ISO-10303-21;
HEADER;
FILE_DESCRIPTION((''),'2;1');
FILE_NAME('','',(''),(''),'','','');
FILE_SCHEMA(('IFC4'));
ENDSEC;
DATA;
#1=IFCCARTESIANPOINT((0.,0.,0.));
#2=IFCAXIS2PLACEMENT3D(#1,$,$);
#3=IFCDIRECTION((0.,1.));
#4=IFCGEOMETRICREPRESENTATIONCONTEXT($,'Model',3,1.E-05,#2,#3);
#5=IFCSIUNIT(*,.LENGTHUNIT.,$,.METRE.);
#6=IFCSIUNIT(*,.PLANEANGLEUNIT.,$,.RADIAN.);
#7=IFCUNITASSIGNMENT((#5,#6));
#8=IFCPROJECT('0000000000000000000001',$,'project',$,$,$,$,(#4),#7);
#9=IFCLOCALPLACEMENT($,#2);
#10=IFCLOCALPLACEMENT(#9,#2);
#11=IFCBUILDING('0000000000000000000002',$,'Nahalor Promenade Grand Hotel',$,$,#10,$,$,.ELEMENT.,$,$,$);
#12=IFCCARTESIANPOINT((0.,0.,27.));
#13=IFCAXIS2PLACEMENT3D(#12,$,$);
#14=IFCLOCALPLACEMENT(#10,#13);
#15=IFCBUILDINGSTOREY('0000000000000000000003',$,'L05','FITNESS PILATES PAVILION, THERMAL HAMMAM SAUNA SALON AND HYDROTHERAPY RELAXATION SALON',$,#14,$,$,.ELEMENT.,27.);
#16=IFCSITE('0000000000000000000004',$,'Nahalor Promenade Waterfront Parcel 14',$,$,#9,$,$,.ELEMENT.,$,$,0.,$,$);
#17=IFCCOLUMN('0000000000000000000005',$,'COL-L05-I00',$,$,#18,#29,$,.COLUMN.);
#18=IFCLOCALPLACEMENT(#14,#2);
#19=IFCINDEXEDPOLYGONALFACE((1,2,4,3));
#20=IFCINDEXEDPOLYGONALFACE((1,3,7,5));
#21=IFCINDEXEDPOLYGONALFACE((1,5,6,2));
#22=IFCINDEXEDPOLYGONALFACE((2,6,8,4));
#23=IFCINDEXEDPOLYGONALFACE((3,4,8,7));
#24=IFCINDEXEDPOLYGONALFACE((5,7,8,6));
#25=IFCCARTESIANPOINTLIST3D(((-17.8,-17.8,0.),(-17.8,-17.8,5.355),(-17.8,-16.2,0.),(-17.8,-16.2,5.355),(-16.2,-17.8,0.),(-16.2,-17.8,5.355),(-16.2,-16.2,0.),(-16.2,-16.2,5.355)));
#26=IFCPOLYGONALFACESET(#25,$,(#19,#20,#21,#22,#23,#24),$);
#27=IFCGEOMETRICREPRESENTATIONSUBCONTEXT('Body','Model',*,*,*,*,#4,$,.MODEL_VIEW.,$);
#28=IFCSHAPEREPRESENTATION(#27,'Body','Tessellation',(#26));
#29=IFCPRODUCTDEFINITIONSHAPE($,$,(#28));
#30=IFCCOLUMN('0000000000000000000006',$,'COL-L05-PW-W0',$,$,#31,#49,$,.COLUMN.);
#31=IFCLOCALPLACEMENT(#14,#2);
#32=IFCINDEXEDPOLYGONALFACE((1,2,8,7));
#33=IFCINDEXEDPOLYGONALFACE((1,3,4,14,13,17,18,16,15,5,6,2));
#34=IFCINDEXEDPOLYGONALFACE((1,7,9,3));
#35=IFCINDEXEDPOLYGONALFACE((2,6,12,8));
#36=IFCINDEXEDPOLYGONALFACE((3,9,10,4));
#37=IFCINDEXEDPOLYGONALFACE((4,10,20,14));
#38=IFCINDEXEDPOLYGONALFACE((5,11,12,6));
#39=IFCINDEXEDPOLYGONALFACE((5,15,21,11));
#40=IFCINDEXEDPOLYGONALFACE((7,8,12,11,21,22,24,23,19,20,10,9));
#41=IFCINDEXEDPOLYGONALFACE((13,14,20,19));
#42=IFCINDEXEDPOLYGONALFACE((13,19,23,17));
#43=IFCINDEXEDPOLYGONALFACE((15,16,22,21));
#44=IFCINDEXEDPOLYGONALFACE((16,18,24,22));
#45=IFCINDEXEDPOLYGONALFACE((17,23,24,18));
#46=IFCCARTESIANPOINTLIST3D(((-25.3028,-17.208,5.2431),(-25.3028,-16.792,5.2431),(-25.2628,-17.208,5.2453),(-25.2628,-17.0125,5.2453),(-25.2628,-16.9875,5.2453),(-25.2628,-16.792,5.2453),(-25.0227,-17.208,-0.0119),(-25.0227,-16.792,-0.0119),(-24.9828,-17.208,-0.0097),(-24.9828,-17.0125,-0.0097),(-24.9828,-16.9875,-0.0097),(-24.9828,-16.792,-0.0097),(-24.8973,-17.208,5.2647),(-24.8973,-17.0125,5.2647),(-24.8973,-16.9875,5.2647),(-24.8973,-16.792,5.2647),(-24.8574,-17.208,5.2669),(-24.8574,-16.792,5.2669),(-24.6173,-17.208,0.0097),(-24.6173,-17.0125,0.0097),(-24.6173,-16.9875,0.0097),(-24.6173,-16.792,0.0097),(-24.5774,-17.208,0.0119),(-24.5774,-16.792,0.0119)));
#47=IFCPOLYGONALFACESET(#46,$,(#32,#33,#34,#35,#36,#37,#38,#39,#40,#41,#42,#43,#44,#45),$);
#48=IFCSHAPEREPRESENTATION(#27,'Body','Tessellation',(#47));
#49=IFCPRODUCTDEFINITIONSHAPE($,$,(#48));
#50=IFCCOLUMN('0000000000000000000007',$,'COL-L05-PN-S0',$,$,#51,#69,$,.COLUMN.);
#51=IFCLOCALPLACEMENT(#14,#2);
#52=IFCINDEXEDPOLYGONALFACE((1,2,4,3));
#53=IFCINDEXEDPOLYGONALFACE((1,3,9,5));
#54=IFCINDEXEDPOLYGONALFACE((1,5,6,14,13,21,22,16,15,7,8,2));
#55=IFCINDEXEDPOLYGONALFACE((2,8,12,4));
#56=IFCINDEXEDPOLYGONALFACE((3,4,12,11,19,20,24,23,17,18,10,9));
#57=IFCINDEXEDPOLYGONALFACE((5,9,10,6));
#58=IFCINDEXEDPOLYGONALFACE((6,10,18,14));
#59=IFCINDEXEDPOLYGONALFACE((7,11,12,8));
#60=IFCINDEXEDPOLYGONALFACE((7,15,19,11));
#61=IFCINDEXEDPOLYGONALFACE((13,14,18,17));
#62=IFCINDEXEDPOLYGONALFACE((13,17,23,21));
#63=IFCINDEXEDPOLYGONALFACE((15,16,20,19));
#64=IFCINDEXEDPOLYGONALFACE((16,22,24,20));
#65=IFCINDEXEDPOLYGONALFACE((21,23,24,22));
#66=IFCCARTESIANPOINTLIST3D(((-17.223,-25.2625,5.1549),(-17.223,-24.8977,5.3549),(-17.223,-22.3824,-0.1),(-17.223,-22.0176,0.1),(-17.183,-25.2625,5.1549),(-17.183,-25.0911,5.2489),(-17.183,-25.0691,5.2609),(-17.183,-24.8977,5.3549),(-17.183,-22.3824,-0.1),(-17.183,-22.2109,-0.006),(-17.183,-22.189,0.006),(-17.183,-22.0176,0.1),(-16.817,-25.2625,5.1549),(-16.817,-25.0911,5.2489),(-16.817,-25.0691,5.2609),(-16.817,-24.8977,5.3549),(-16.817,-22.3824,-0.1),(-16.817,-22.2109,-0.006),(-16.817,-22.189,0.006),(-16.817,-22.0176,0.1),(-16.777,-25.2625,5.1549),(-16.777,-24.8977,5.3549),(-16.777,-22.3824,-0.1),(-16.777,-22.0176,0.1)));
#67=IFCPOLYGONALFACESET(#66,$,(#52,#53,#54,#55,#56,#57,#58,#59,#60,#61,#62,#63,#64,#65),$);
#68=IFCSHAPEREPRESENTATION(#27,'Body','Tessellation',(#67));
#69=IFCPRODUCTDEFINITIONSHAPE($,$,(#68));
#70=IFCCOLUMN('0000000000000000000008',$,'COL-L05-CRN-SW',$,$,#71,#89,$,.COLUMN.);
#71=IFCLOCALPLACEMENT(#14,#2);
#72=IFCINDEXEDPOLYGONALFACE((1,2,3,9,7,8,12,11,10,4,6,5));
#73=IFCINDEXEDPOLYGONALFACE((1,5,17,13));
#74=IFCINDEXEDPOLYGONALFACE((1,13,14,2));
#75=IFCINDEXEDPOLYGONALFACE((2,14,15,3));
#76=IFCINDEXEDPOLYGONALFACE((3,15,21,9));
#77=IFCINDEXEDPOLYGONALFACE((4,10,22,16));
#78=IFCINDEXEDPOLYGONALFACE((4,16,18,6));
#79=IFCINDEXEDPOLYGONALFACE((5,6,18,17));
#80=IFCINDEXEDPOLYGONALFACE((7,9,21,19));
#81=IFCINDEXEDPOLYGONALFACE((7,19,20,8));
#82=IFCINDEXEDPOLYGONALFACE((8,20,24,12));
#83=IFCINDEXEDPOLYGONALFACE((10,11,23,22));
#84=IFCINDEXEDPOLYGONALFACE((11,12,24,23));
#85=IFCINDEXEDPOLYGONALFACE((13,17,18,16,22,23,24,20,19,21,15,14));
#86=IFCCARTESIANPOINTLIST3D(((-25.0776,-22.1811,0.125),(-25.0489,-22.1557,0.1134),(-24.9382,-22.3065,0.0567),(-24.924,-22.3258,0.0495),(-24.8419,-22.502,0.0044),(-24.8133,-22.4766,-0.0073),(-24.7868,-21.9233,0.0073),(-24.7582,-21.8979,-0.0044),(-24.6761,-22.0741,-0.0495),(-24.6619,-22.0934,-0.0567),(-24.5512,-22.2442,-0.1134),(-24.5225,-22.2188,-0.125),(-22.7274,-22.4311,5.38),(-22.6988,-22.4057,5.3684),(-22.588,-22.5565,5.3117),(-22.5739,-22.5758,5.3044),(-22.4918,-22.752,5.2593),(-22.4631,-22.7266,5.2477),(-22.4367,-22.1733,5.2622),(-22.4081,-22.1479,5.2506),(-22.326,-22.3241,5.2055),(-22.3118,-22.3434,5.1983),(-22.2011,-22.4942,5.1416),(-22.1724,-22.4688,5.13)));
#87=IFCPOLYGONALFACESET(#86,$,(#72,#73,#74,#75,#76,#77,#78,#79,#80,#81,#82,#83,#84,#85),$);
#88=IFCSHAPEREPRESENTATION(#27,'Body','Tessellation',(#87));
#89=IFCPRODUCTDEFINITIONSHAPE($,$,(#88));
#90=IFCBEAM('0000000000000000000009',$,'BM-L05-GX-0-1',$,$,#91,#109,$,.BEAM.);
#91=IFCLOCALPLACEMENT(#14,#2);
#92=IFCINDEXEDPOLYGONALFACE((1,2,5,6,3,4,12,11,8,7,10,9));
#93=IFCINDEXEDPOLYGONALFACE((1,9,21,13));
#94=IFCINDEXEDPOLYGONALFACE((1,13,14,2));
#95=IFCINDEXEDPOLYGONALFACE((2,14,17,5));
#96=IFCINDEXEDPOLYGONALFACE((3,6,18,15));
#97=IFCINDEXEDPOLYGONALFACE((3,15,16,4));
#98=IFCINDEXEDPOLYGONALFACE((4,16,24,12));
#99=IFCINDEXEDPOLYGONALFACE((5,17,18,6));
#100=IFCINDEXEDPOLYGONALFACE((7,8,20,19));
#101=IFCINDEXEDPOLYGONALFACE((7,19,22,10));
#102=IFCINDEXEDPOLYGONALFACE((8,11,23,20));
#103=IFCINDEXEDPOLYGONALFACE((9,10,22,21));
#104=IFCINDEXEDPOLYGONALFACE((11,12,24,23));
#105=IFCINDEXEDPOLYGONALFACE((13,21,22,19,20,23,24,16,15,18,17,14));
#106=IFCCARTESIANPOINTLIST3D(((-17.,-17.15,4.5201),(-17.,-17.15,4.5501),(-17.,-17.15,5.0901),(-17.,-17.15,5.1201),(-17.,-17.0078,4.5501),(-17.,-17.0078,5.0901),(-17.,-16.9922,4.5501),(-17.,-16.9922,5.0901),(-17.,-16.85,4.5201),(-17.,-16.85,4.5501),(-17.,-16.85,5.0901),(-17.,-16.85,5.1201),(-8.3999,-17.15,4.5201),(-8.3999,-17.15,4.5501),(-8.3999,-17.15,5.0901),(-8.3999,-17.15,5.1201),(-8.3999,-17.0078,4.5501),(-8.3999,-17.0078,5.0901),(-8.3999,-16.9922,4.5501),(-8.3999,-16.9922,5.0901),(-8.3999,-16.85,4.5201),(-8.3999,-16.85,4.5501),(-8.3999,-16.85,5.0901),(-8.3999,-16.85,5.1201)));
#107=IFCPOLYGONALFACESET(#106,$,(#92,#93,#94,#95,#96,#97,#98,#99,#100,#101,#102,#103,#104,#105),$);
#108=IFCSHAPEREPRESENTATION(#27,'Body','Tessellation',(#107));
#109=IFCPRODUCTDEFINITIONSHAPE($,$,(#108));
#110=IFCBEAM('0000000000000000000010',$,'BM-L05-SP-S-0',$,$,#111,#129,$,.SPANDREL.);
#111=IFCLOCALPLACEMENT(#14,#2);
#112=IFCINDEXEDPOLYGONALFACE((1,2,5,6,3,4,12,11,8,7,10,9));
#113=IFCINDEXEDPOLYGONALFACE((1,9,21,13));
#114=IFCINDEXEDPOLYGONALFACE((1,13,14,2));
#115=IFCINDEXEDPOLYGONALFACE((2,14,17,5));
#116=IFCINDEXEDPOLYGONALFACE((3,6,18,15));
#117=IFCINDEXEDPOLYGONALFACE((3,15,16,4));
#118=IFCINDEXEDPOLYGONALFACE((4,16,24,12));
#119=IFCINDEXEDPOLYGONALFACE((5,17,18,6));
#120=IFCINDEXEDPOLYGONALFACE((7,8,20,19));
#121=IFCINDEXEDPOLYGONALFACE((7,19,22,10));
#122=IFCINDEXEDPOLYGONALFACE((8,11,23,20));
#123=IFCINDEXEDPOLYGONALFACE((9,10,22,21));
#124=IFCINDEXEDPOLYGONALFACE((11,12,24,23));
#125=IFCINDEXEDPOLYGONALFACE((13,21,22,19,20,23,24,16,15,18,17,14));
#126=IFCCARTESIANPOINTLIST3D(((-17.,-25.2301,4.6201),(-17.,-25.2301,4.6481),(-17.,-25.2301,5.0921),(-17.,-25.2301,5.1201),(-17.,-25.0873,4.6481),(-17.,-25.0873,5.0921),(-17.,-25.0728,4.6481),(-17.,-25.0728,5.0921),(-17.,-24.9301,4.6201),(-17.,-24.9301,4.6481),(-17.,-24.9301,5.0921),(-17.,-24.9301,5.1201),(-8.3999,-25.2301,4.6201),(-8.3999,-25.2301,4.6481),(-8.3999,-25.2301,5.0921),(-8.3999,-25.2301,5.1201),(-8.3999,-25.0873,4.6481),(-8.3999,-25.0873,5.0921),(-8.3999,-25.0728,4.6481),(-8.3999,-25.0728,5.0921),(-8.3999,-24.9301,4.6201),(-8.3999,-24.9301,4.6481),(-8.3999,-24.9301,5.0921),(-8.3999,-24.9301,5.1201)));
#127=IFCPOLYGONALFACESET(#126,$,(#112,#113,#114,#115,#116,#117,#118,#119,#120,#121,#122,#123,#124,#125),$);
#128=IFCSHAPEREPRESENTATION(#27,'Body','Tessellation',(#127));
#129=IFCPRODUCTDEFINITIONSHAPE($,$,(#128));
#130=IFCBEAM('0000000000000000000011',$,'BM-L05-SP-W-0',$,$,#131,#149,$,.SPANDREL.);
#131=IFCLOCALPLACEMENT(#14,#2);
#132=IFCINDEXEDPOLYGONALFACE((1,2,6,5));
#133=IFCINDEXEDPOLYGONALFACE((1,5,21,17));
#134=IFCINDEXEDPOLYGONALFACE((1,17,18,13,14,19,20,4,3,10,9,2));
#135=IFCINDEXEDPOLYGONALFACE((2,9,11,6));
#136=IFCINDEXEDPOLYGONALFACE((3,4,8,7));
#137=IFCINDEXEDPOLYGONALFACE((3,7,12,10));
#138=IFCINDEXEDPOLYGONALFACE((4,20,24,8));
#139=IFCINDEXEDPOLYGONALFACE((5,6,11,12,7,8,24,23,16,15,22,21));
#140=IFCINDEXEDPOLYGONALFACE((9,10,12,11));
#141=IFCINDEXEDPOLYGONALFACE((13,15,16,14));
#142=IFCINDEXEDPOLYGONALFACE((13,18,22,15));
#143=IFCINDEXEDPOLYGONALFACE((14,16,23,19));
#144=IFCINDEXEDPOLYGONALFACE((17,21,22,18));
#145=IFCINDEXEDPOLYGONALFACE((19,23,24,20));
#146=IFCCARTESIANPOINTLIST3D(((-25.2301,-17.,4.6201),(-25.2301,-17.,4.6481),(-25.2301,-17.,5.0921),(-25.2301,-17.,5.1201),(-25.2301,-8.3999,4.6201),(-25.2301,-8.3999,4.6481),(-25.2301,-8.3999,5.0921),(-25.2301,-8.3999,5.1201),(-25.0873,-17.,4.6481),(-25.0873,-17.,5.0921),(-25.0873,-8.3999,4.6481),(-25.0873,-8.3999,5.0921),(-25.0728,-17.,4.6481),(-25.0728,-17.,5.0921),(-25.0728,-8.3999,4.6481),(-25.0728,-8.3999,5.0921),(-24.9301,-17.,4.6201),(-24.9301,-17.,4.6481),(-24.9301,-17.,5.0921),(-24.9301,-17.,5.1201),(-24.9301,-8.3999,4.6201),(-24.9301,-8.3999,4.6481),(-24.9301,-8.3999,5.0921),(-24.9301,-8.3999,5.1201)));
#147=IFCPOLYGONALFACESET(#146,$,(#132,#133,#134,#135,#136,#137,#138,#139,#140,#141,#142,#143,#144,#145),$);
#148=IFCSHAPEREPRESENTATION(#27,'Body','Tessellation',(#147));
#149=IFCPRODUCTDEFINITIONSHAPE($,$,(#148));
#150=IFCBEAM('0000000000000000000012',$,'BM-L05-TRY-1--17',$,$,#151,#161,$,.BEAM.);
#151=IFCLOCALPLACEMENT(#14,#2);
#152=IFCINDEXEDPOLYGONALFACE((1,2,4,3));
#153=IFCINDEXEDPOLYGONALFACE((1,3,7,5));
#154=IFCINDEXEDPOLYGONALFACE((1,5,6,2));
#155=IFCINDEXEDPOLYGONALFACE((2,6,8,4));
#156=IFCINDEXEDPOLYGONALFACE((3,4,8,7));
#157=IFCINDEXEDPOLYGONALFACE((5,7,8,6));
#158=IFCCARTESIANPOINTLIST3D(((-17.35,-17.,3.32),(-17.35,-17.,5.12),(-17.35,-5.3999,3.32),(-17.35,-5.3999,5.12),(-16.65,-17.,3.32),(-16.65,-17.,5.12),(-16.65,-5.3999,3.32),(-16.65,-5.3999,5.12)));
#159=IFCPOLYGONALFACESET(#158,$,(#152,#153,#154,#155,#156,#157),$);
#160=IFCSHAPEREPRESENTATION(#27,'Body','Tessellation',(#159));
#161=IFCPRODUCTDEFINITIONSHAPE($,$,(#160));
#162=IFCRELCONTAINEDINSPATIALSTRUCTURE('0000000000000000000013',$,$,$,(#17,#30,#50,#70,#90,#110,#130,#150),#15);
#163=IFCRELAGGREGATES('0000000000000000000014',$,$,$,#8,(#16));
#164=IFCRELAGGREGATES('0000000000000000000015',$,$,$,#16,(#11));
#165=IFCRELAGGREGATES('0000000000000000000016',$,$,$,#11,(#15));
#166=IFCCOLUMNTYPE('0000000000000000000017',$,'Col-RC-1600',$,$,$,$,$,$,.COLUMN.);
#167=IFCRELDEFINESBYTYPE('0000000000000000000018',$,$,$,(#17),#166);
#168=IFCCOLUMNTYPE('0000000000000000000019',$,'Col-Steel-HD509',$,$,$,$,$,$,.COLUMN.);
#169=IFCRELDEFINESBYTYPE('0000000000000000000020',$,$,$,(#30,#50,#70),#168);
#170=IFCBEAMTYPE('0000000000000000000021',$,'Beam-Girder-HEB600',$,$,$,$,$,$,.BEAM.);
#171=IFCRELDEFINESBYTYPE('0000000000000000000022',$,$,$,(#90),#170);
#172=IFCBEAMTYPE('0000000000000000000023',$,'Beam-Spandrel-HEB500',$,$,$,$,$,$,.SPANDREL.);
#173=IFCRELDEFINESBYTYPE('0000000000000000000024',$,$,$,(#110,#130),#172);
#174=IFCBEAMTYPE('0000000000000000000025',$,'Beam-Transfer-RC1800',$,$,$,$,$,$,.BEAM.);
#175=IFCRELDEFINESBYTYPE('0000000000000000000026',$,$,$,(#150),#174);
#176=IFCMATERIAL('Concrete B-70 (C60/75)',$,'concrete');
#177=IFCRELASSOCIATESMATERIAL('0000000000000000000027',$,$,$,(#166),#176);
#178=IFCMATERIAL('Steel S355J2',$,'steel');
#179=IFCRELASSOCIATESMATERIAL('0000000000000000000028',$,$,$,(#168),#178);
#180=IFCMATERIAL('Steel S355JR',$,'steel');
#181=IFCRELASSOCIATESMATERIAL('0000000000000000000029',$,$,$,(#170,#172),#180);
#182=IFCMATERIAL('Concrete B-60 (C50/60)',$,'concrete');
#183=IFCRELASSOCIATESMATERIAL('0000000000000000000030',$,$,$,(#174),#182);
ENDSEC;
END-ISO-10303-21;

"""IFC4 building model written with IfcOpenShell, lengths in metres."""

from ifc_helpers import new_model, si_unit, direction, frame, origin, origin_2d, place, context, subcontext, project, spatial, rectangle, i_section, extrude, source, transform, mapped, material, material_profile, profile_set, type_object, element, save


model = new_model("IFC4")

# Units and contexts
model_context = context("Model", 3, precision=1e-05, world=origin(), true_north=direction((0.0, 1.0)))
body_context = subcontext(model_context, "Body", "Model", "MODEL_VIEW")
ifc_project = project(units=[si_unit("LENGTHUNIT", "METRE"), si_unit("PLANEANGLEUNIT", "RADIAN")], contexts=[model_context])

# Site, building, storey
site_placement = place(None, origin())
site = spatial("IfcSite", under=ifc_project, at=site_placement, Name="Nahalor Promenade Waterfront Parcel 14", CompositionType="ELEMENT", RefElevation=0.0)
building_placement = place(site_placement, origin())
building = spatial("IfcBuilding", under=site, at=building_placement, Name="Nahalor Promenade Grand Hotel", CompositionType="ELEMENT")
storey_placement = place(building_placement, frame((0.0, 0.0, 27.0)))
storey = spatial("IfcBuildingStorey", under=building, at=storey_placement, Name="L05", Description="FITNESS PILATES PAVILION, THERMAL HAMMAM SAUNA SALON AND HYDROTHERAPY RELAXATION SALON", CompositionType="ELEMENT", Elevation=27.0)

# Columns
ifc_material_1 = material(Name="Concrete B-70 (C60/75)", Category="concrete")
ifc_material_profile_1 = material_profile(ifc_material_1, rectangle(XDim=1.6, YDim=1.6, at=origin_2d()), Name="RC 1600x1600")
ifc_profile_set_1 = profile_set([ifc_material_profile_1], Name="Concrete B-70 (C60/75)")
column_type_1 = type_object("IfcColumnType", Name="Col-RC-1600", PredefinedType="COLUMN", material=ifc_profile_set_1)
shared_shape_1 = source(origin(), body_context, "Body", "SweptSolid", [
    extrude(rectangle(XDim=1.6, YDim=1.6, at=origin_2d()), origin(), (0.0, 0.0, 1.0), 5.355),
])
column_1_placement = place(storey_placement, frame((-17.0, -17.0, 0.0), z_axis=(0.0, 0.0, 1.0), x_axis=(1.0, 0.0, 0.0)))
element("IfcColumn", 1, at=column_1_placement, inside=storey, type_object=column_type_1, Name="COL-L05-I00", PredefinedType="COLUMN", context=body_context, shape_type="MappedRepresentation", body=[
    mapped(shared_shape_1, transform((0.0, 0.0, 0.0), scale=1.0)),
])
ifc_material_2 = material(Name="Steel S355J2", Category="steel")
ifc_material_profile_2 = material_profile(ifc_material_2, i_section(OverallWidth=0.416, OverallDepth=0.446, WebThickness=0.025, FlangeThickness=0.04, at=origin_2d()), Name="HD 400x509")
ifc_profile_set_2 = profile_set([ifc_material_profile_2], Name="Steel S355J2")
column_type_2 = type_object("IfcColumnType", Name="Col-Steel-HD509", PredefinedType="COLUMN", material=ifc_profile_set_2)
shared_shape_2 = source(origin(), body_context, "Body", "SweptSolid", [
    extrude(i_section(OverallWidth=0.416, OverallDepth=0.446, WebThickness=0.025, FlangeThickness=0.04, at=origin_2d()), origin(), (0.0, 0.0, 1.0), 5.2625),
])
column_2_placement = place(storey_placement, frame((-24.8, -17.0, 0.0), z_axis=(-0.053214, 0.0, 0.998583), x_axis=(0.0, -1.0, 0.0)))
element("IfcColumn", 2, at=column_2_placement, inside=storey, type_object=column_type_2, Name="COL-L05-PW-W0", PredefinedType="COLUMN", context=body_context, shape_type="MappedRepresentation", body=[
    mapped(shared_shape_2, transform((0.0, 0.0, 0.0), scale=1.0)),
])
shared_shape_3 = source(origin(), body_context, "Body", "SweptSolid", [
    extrude(i_section(OverallWidth=0.416, OverallDepth=0.446, WebThickness=0.025, FlangeThickness=0.04, at=origin_2d()), origin(), (0.0, 0.0, 1.0), 5.9924),
])
column_3_placement = place(storey_placement, frame((-17.0, -22.2, 0.0), z_axis=(0.0, -0.48063, 0.876924), x_axis=(0.0, 0.876924, 0.48063)))
element("IfcColumn", 3, at=column_3_placement, inside=storey, type_object=column_type_2, Name="COL-L05-PN-S0", PredefinedType="COLUMN", context=body_context, shape_type="MappedRepresentation", body=[
    mapped(shared_shape_3, transform((0.0, 0.0, 0.0), scale=1.0)),
])
shared_shape_4 = source(origin(), body_context, "Body", "SweptSolid", [
    extrude(i_section(OverallWidth=0.416, OverallDepth=0.446, WebThickness=0.025, FlangeThickness=0.04, at=origin_2d()), origin(), (0.0, 0.0, 1.0), 5.762),
])
column_4_placement = place(storey_placement, frame((-24.8, -22.2, 0.0), z_axis=(0.40787, -0.043389, 0.912008), x_axis=(-0.56647, 0.771357, 0.290035)))
element("IfcColumn", 4, at=column_4_placement, inside=storey, type_object=column_type_2, Name="COL-L05-CRN-SW", PredefinedType="COLUMN", context=body_context, shape_type="MappedRepresentation", body=[
    mapped(shared_shape_4, transform((0.0, 0.0, 0.0), scale=1.0)),
])

# Beams
ifc_material_3 = material(Name="Steel S355JR", Category="steel")
ifc_material_profile_3 = material_profile(ifc_material_3, i_section(OverallWidth=0.3, OverallDepth=0.6, WebThickness=0.0155, FlangeThickness=0.03, at=origin_2d()), Name="HEB 600")
ifc_profile_set_3 = profile_set([ifc_material_profile_3], Name="Steel S355JR")
beam_type_1 = type_object("IfcBeamType", Name="Beam-Girder-HEB600", PredefinedType="BEAM", material=ifc_profile_set_3)
shared_shape_5 = source(origin(), body_context, "Body", "SweptSolid", [
    extrude(i_section(OverallWidth=0.3, OverallDepth=0.6, WebThickness=0.0155, FlangeThickness=0.03, at=origin_2d()), origin(), (0.0, 0.0, 1.0), 8.6001),
])
beam_1_placement = place(storey_placement, frame((-17.0, -17.0, 4.8201), z_axis=(1.0, 0.0, 0.0), x_axis=(0.0, 1.0, 0.0)))
element("IfcBeam", 5, at=beam_1_placement, inside=storey, type_object=beam_type_1, Name="BM-L05-GX-0-1", PredefinedType="BEAM", context=body_context, shape_type="MappedRepresentation", body=[
    mapped(shared_shape_5, transform((0.0, 0.0, 0.0), scale=1.0)),
])
ifc_material_profile_4 = material_profile(ifc_material_3, i_section(OverallWidth=0.3, OverallDepth=0.5, WebThickness=0.0145, FlangeThickness=0.028, at=origin_2d()), Name="HEB 500")
ifc_profile_set_4 = profile_set([ifc_material_profile_4], Name="Steel S355JR")
beam_type_2 = type_object("IfcBeamType", Name="Beam-Spandrel-HEB500", PredefinedType="SPANDREL", material=ifc_profile_set_4)
shared_shape_6 = source(origin(), body_context, "Body", "SweptSolid", [
    extrude(i_section(OverallWidth=0.3, OverallDepth=0.5, WebThickness=0.0145, FlangeThickness=0.028, at=origin_2d()), origin(), (0.0, 0.0, 1.0), 8.6001),
])
for number, where, z_axis, x_axis, name in (
    (6, (-17.0, -25.0801, 4.8701), (1.0, 0.0, 0.0), (0.0, 1.0, 0.0), "BM-L05-SP-S-0"),
    (7, (-25.0801, -17.0, 4.8701), (0.0, 1.0, 0.0), (-1.0, 0.0, 0.0), "BM-L05-SP-W-0"),
):
    element("IfcBeam", number, at=place(storey_placement, frame(where, z_axis=z_axis, x_axis=x_axis)), inside=storey, type_object=beam_type_2, Name=name, PredefinedType="SPANDREL", context=body_context, shape_type="MappedRepresentation", body=[
        mapped(shared_shape_6, transform((0.0, 0.0, 0.0), scale=1.0)),
    ])
ifc_material_4 = material(Name="Concrete B-60 (C50/60)", Category="concrete")
ifc_material_profile_5 = material_profile(ifc_material_4, rectangle(XDim=0.7, YDim=1.8, at=origin_2d()), Name="RC 700x1800")
ifc_profile_set_5 = profile_set([ifc_material_profile_5], Name="Concrete B-60 (C50/60)")
beam_type_3 = type_object("IfcBeamType", Name="Beam-Transfer-RC1800", PredefinedType="BEAM", material=ifc_profile_set_5)
shared_shape_7 = source(origin(), body_context, "Body", "SweptSolid", [
    extrude(rectangle(XDim=0.7, YDim=1.8, at=origin_2d()), origin(), (0.0, 0.0, 1.0), 11.6001),
])
beam_2_placement = place(storey_placement, frame((-17.0, -17.0, 4.22), z_axis=(0.0, 1.0, 0.0), x_axis=(-1.0, 0.0, 0.0)))
element("IfcBeam", 8, at=beam_2_placement, inside=storey, type_object=beam_type_3, Name="BM-L05-TRY-1--17", PredefinedType="BEAM", context=body_context, shape_type="MappedRepresentation", body=[
    mapped(shared_shape_7, transform((0.0, 0.0, 0.0), scale=1.0)),
])

save(model, "model.ifc")
